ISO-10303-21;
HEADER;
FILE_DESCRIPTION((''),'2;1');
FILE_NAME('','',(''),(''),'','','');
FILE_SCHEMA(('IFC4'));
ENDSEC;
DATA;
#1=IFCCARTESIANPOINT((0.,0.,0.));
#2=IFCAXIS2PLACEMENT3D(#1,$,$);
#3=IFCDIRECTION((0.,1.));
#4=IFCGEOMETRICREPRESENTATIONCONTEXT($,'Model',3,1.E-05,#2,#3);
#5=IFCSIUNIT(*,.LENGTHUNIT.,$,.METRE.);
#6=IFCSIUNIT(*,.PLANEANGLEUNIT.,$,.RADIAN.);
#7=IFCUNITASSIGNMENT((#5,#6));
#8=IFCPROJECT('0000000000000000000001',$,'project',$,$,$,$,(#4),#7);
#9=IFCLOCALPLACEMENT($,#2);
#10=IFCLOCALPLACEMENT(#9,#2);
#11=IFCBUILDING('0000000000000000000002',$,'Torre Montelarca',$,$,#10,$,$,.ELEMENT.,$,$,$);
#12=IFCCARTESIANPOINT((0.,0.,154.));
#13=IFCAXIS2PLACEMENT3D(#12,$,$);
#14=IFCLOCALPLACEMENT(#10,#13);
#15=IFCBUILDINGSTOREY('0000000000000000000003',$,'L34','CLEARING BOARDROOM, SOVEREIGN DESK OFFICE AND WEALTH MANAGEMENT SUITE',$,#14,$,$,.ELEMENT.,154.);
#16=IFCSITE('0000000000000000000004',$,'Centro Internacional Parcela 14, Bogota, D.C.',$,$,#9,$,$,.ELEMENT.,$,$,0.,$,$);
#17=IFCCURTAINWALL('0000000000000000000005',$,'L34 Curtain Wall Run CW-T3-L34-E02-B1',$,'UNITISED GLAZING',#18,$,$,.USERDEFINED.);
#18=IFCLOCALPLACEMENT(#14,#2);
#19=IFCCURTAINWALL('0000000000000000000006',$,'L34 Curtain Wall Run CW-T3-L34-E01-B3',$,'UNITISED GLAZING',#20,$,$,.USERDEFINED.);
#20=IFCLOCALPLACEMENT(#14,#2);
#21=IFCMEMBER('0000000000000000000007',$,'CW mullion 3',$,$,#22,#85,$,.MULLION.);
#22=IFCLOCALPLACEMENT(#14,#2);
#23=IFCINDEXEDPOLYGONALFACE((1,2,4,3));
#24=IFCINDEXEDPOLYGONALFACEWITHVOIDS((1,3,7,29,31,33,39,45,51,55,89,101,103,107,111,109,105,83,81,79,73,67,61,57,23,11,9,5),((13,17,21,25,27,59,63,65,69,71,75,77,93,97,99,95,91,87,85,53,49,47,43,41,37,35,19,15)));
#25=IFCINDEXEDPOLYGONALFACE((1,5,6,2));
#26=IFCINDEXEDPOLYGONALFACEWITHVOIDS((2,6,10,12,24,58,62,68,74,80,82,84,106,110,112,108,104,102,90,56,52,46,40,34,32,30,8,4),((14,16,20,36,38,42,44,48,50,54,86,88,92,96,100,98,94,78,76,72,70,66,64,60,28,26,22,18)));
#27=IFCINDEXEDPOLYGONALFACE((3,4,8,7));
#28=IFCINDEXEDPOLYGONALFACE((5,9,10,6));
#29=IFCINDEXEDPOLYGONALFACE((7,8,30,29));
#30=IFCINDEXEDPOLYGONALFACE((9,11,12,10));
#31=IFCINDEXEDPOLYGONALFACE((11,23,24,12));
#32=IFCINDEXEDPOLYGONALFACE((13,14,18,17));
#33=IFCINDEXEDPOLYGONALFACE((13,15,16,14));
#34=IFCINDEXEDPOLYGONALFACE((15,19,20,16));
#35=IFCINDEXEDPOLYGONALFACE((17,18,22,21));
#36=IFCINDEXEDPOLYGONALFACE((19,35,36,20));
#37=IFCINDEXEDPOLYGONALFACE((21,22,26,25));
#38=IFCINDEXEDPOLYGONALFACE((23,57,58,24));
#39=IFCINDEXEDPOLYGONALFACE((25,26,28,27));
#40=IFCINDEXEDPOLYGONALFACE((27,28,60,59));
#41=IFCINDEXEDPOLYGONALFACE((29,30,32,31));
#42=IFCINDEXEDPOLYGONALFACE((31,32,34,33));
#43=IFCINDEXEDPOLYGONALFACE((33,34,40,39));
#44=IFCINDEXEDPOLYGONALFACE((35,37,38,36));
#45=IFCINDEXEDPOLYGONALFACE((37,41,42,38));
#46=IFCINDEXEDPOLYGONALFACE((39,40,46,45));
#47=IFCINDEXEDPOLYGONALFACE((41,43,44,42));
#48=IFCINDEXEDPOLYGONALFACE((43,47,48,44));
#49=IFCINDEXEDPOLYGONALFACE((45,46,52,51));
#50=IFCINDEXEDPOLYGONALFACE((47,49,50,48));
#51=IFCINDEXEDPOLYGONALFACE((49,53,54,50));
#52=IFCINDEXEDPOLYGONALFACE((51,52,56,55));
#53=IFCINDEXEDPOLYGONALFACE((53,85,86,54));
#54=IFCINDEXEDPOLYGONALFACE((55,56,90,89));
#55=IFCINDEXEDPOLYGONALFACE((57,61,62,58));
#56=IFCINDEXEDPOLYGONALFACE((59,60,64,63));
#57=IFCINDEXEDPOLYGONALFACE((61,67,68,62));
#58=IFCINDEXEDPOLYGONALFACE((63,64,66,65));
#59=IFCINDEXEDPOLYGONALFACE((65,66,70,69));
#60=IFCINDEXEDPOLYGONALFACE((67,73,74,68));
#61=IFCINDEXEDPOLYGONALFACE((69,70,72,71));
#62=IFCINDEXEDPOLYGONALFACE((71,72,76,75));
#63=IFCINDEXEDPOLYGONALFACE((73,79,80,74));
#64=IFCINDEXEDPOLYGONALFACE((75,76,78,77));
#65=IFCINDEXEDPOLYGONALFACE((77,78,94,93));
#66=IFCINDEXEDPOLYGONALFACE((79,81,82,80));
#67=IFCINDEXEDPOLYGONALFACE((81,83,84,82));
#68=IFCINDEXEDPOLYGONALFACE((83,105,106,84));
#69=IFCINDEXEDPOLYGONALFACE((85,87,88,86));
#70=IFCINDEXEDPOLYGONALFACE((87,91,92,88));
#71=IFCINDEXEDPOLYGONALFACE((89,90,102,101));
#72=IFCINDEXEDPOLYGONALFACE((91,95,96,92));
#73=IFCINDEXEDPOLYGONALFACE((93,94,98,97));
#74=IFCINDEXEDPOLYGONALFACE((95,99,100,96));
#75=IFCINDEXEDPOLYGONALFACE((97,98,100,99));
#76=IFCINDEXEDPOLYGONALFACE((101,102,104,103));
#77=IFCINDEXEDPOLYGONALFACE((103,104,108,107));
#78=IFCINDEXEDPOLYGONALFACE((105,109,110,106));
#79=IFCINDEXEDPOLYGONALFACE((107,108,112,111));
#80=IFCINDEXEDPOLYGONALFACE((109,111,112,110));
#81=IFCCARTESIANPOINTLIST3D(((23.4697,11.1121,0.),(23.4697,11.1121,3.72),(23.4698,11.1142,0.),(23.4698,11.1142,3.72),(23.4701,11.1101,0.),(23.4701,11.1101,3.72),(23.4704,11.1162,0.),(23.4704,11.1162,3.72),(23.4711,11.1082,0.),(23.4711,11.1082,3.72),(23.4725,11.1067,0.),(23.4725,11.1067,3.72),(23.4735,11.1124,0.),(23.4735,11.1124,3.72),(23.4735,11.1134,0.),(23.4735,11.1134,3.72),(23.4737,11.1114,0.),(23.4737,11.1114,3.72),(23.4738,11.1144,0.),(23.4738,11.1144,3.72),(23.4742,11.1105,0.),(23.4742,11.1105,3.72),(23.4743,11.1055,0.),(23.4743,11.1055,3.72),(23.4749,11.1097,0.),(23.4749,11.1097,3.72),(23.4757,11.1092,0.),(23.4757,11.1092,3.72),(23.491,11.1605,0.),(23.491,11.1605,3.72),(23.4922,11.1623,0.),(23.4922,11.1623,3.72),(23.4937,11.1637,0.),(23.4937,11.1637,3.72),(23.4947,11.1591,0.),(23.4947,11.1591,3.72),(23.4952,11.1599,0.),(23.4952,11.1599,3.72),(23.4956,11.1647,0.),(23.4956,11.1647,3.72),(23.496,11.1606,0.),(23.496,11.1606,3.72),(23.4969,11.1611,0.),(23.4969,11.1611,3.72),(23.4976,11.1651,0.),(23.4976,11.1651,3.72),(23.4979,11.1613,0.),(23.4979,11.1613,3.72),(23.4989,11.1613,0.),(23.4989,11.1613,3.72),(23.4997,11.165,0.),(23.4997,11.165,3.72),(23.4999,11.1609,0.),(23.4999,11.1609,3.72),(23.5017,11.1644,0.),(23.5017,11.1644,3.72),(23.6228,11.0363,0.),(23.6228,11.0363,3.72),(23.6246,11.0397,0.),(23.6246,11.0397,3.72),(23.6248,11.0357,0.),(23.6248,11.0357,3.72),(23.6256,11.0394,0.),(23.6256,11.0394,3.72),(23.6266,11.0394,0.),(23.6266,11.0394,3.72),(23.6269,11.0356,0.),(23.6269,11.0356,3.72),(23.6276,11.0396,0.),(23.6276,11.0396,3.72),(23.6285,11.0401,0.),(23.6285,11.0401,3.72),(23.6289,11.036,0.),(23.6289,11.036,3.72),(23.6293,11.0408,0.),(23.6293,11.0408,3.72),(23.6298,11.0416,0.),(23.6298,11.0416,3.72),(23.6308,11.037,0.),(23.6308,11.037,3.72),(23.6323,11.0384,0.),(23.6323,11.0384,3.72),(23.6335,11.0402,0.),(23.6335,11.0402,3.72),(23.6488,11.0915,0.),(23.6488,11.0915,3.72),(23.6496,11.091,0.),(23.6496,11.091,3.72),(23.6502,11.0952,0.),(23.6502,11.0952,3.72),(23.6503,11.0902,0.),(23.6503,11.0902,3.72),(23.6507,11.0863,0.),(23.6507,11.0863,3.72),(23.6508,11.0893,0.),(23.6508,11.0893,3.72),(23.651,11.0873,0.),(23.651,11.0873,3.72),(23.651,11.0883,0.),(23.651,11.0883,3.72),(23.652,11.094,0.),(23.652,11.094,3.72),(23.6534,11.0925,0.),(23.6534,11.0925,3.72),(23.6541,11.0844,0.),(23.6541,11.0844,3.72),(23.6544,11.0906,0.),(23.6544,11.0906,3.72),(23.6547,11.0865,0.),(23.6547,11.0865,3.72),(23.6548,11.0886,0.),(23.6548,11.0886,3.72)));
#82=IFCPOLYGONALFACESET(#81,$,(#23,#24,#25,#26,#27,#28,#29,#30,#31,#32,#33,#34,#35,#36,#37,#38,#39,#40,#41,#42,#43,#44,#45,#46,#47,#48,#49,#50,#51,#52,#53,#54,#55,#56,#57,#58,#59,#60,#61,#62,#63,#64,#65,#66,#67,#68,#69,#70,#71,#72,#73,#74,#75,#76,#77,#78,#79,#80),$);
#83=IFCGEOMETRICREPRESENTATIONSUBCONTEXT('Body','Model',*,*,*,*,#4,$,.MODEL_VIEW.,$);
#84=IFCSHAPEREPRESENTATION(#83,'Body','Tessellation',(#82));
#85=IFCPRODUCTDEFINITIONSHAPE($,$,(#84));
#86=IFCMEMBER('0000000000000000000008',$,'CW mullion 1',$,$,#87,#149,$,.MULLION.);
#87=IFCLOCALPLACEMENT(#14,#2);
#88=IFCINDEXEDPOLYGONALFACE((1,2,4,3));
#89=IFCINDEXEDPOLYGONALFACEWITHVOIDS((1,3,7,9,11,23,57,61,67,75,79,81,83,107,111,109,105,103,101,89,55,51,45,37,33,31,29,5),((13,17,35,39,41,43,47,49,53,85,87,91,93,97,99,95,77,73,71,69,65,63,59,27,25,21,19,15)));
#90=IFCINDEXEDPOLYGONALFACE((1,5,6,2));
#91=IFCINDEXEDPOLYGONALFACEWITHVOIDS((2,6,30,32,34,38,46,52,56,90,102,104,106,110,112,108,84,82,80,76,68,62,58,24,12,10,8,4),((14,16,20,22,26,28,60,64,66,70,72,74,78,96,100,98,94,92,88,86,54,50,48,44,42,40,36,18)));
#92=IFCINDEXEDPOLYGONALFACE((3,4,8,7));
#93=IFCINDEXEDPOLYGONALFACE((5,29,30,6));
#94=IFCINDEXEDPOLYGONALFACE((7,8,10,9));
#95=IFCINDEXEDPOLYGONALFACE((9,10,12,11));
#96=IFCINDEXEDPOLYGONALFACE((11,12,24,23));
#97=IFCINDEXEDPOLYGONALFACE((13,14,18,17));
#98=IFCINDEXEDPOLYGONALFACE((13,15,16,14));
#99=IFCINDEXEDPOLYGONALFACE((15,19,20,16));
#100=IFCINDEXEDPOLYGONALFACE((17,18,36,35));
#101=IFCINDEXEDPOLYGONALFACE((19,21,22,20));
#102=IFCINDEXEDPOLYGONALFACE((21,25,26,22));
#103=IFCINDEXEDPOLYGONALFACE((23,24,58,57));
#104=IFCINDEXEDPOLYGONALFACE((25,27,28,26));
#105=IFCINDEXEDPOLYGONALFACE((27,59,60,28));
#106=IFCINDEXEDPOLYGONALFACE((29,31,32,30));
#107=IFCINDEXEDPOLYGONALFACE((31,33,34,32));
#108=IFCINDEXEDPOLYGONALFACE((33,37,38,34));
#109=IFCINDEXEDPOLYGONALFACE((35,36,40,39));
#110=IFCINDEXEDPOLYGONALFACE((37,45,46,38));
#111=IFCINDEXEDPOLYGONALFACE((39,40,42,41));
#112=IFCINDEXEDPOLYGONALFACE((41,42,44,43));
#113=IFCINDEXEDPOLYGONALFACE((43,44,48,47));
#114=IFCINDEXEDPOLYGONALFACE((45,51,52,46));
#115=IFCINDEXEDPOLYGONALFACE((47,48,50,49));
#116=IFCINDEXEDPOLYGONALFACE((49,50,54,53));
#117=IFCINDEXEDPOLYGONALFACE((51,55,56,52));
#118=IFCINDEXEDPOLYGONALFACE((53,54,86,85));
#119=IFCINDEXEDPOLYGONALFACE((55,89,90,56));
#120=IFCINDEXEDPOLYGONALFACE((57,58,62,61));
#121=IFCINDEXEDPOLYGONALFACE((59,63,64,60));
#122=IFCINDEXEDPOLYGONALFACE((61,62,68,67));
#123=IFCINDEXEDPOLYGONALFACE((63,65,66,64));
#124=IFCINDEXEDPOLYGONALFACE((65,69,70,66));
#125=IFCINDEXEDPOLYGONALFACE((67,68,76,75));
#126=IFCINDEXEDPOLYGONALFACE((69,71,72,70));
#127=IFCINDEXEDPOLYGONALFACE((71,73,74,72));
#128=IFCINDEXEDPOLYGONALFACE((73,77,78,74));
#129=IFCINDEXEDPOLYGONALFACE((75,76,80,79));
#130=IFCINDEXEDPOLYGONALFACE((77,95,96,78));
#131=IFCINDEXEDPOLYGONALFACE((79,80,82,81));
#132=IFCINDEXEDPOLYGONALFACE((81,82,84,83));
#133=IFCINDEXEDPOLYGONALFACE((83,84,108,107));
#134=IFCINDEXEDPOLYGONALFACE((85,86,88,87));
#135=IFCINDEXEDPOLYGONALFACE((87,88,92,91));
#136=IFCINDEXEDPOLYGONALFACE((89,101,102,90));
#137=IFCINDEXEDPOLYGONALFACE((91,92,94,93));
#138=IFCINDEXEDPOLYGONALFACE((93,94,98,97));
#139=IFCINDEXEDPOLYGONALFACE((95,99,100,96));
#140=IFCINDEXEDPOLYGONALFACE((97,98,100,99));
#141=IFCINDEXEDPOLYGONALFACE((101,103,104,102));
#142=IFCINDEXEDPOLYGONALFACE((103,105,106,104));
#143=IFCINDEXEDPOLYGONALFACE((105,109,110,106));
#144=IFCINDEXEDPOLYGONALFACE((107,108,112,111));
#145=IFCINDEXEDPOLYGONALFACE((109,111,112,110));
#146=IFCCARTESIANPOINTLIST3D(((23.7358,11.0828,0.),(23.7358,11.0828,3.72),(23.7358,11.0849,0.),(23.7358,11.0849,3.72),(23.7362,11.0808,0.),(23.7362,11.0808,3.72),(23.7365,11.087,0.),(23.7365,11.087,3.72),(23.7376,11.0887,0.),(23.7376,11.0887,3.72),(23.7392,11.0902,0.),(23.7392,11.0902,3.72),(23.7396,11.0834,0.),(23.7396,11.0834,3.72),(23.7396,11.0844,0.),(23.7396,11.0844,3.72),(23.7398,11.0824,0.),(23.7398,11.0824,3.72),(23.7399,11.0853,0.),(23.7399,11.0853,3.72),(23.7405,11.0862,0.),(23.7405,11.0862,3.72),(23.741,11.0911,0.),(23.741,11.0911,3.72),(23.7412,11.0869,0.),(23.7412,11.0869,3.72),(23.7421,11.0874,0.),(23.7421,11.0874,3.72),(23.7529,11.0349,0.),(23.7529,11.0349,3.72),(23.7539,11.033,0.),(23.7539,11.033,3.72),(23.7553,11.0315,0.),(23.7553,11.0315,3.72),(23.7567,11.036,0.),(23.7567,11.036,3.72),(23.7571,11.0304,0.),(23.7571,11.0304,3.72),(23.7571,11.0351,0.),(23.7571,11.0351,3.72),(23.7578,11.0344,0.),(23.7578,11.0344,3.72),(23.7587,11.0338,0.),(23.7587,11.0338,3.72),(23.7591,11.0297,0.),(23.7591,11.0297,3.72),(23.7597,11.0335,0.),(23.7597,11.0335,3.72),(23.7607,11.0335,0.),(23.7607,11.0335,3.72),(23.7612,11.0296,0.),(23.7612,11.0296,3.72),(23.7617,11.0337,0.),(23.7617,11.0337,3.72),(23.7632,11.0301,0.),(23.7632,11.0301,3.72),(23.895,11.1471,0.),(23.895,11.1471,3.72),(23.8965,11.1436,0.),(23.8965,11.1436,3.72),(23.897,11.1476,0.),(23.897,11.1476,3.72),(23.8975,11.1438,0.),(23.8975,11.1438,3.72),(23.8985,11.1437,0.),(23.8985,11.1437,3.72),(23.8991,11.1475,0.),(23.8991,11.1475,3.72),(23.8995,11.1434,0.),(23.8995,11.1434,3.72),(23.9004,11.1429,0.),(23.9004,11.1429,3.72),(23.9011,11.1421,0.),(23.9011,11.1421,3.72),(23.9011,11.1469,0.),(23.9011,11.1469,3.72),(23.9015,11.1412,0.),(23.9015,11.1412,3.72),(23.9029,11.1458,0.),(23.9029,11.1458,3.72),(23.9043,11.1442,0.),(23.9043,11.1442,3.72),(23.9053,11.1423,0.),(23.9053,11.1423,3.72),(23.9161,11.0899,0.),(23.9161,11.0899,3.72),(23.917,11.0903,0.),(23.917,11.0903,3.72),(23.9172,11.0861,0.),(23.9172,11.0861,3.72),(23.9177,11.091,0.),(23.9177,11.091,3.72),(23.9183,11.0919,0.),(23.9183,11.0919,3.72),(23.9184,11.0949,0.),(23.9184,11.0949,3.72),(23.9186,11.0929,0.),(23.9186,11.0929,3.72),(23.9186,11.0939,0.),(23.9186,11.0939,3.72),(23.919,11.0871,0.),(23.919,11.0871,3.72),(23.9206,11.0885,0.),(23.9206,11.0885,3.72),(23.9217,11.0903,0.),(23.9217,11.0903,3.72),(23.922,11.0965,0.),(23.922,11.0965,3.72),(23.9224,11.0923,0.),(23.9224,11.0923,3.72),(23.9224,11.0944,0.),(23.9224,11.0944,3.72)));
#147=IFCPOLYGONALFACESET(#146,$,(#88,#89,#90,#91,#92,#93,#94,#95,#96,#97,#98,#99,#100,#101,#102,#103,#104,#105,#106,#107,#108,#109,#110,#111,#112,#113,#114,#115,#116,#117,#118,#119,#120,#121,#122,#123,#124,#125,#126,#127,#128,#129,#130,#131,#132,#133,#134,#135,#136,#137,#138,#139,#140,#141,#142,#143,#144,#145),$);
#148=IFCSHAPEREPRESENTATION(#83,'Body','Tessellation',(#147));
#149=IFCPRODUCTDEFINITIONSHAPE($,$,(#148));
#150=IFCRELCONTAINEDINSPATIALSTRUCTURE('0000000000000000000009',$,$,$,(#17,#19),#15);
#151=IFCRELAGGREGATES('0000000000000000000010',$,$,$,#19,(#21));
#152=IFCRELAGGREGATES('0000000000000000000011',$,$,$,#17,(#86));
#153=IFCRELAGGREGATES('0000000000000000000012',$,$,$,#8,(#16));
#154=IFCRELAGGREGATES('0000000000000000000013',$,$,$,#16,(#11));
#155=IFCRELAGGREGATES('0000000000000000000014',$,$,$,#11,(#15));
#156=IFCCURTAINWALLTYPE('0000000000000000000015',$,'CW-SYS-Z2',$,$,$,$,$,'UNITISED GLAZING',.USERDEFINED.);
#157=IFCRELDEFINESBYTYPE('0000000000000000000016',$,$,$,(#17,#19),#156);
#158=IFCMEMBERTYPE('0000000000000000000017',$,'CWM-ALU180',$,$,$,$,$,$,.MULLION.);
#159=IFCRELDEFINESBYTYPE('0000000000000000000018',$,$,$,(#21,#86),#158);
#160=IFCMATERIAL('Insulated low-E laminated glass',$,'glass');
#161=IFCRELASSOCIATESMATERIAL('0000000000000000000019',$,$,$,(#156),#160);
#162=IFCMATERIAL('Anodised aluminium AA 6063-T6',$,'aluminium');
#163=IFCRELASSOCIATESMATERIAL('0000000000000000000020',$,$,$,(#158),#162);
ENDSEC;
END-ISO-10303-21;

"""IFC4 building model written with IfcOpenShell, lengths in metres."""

from ifc_helpers import new_model, si_unit, direction, frame, origin, origin_2d, place, context, subcontext, project, spatial, hollow_rectangle, extrude, source, transform, mapped, material, material_profile, profile_set, type_object, element, aggregate, save


model = new_model("IFC4")

# Units and contexts
model_context = context("Model", 3, precision=1e-05, world=origin(), true_north=direction((0.0, 1.0)))
body_context = subcontext(model_context, "Body", "Model", "MODEL_VIEW")
ifc_project = project(units=[si_unit("LENGTHUNIT", "METRE"), si_unit("PLANEANGLEUNIT", "RADIAN")], contexts=[model_context])

# Site, building, storey
site_placement = place(None, origin())
site = spatial("IfcSite", under=ifc_project, at=site_placement, Name="Centro Internacional Parcela 14, Bogota, D.C.", CompositionType="ELEMENT", RefElevation=0.0)
building_placement = place(site_placement, origin())
building = spatial("IfcBuilding", under=site, at=building_placement, Name="Torre Montelarca", CompositionType="ELEMENT")
storey_placement = place(building_placement, frame((0.0, 0.0, 154.0)))
storey = spatial("IfcBuildingStorey", under=building, at=storey_placement, Name="L34", Description="CLEARING BOARDROOM, SOVEREIGN DESK OFFICE AND WEALTH MANAGEMENT SUITE", CompositionType="ELEMENT", Elevation=154.0)

# Curtain wall
ifc_material_1 = material(Name="Insulated low-E laminated glass", Category="glass")
curtain_wall_type = type_object("IfcCurtainWallType", Name="CW-SYS-Z2", ElementType="UNITISED GLAZING", PredefinedType="USERDEFINED", material=ifc_material_1)
curtain_wall_1_placement = place(storey_placement, origin())
curtain_wall_1 = element("IfcCurtainWall", 1, at=curtain_wall_1_placement, inside=storey, type_object=curtain_wall_type, Name="L34 Curtain Wall Run CW-T3-L34-E02-B1", ObjectType="UNITISED GLAZING", PredefinedType="USERDEFINED")
ifc_material_2 = material(Name="Anodised aluminium AA 6063-T6", Category="aluminium")

# Curtain wall, member
curtain_wall_2_placement = place(storey_placement, origin())
curtain_wall_2 = element("IfcCurtainWall", 2, at=curtain_wall_2_placement, inside=storey, type_object=curtain_wall_type, Name="L34 Curtain Wall Run CW-T3-L34-E01-B3", ObjectType="UNITISED GLAZING", PredefinedType="USERDEFINED")
ifc_material_profile_1 = material_profile(ifc_material_2, hollow_rectangle(XDim=0.0649, YDim=0.1799, WallThickness=0.0039, InnerFilletRadius=0.0039, OuterFilletRadius=0.0081, at=origin_2d()), Name="ALU65X180X4", Category="aluminium")
ifc_profile_set_1 = profile_set([ifc_material_profile_1], Name="Anodised aluminium AA 6063-T6")
member_type_1 = type_object("IfcMemberType", Name="CWM-ALU180", PredefinedType="MULLION", material=ifc_profile_set_1)
shared_shape_1 = source(origin(), body_context, "Body", "SweptSolid", [
    extrude(hollow_rectangle(XDim=0.0649, YDim=0.1799, WallThickness=0.0039, InnerFilletRadius=0.0039, OuterFilletRadius=0.0081, at=origin_2d()), origin(), (0.0, 0.0, 1.0), 3.72),
])
member_1_placement = place(storey_placement, frame((23.5623, 11.1003, 0.0), z_axis=(0.0, 0.0, 1.0), x_axis=(0.422612, 0.906311, 0.0)))
member_1 = element("IfcMember", 3, at=member_1_placement, type_object=member_type_1, Name="CW mullion 3", PredefinedType="MULLION", context=body_context, shape_type="MappedRepresentation", body=[
    mapped(shared_shape_1, transform((0.0, 0.0, 0.0), scale=1.0)),
])
aggregate(curtain_wall_2, [member_1])

# Member
member_2_placement = place(storey_placement, frame((23.8291, 11.0886, 0.0), z_axis=(0.0, 0.0, 1.0), x_axis=(-0.342018, 0.939693, 0.0)))
member_2 = element("IfcMember", 4, at=member_2_placement, type_object=member_type_1, Name="CW mullion 1", PredefinedType="MULLION", context=body_context, shape_type="MappedRepresentation", body=[
    mapped(shared_shape_1, transform((0.0, 0.0, 0.0), scale=1.0)),
])

aggregate(curtain_wall_1, [member_2])

save(model, "model.ifc")
